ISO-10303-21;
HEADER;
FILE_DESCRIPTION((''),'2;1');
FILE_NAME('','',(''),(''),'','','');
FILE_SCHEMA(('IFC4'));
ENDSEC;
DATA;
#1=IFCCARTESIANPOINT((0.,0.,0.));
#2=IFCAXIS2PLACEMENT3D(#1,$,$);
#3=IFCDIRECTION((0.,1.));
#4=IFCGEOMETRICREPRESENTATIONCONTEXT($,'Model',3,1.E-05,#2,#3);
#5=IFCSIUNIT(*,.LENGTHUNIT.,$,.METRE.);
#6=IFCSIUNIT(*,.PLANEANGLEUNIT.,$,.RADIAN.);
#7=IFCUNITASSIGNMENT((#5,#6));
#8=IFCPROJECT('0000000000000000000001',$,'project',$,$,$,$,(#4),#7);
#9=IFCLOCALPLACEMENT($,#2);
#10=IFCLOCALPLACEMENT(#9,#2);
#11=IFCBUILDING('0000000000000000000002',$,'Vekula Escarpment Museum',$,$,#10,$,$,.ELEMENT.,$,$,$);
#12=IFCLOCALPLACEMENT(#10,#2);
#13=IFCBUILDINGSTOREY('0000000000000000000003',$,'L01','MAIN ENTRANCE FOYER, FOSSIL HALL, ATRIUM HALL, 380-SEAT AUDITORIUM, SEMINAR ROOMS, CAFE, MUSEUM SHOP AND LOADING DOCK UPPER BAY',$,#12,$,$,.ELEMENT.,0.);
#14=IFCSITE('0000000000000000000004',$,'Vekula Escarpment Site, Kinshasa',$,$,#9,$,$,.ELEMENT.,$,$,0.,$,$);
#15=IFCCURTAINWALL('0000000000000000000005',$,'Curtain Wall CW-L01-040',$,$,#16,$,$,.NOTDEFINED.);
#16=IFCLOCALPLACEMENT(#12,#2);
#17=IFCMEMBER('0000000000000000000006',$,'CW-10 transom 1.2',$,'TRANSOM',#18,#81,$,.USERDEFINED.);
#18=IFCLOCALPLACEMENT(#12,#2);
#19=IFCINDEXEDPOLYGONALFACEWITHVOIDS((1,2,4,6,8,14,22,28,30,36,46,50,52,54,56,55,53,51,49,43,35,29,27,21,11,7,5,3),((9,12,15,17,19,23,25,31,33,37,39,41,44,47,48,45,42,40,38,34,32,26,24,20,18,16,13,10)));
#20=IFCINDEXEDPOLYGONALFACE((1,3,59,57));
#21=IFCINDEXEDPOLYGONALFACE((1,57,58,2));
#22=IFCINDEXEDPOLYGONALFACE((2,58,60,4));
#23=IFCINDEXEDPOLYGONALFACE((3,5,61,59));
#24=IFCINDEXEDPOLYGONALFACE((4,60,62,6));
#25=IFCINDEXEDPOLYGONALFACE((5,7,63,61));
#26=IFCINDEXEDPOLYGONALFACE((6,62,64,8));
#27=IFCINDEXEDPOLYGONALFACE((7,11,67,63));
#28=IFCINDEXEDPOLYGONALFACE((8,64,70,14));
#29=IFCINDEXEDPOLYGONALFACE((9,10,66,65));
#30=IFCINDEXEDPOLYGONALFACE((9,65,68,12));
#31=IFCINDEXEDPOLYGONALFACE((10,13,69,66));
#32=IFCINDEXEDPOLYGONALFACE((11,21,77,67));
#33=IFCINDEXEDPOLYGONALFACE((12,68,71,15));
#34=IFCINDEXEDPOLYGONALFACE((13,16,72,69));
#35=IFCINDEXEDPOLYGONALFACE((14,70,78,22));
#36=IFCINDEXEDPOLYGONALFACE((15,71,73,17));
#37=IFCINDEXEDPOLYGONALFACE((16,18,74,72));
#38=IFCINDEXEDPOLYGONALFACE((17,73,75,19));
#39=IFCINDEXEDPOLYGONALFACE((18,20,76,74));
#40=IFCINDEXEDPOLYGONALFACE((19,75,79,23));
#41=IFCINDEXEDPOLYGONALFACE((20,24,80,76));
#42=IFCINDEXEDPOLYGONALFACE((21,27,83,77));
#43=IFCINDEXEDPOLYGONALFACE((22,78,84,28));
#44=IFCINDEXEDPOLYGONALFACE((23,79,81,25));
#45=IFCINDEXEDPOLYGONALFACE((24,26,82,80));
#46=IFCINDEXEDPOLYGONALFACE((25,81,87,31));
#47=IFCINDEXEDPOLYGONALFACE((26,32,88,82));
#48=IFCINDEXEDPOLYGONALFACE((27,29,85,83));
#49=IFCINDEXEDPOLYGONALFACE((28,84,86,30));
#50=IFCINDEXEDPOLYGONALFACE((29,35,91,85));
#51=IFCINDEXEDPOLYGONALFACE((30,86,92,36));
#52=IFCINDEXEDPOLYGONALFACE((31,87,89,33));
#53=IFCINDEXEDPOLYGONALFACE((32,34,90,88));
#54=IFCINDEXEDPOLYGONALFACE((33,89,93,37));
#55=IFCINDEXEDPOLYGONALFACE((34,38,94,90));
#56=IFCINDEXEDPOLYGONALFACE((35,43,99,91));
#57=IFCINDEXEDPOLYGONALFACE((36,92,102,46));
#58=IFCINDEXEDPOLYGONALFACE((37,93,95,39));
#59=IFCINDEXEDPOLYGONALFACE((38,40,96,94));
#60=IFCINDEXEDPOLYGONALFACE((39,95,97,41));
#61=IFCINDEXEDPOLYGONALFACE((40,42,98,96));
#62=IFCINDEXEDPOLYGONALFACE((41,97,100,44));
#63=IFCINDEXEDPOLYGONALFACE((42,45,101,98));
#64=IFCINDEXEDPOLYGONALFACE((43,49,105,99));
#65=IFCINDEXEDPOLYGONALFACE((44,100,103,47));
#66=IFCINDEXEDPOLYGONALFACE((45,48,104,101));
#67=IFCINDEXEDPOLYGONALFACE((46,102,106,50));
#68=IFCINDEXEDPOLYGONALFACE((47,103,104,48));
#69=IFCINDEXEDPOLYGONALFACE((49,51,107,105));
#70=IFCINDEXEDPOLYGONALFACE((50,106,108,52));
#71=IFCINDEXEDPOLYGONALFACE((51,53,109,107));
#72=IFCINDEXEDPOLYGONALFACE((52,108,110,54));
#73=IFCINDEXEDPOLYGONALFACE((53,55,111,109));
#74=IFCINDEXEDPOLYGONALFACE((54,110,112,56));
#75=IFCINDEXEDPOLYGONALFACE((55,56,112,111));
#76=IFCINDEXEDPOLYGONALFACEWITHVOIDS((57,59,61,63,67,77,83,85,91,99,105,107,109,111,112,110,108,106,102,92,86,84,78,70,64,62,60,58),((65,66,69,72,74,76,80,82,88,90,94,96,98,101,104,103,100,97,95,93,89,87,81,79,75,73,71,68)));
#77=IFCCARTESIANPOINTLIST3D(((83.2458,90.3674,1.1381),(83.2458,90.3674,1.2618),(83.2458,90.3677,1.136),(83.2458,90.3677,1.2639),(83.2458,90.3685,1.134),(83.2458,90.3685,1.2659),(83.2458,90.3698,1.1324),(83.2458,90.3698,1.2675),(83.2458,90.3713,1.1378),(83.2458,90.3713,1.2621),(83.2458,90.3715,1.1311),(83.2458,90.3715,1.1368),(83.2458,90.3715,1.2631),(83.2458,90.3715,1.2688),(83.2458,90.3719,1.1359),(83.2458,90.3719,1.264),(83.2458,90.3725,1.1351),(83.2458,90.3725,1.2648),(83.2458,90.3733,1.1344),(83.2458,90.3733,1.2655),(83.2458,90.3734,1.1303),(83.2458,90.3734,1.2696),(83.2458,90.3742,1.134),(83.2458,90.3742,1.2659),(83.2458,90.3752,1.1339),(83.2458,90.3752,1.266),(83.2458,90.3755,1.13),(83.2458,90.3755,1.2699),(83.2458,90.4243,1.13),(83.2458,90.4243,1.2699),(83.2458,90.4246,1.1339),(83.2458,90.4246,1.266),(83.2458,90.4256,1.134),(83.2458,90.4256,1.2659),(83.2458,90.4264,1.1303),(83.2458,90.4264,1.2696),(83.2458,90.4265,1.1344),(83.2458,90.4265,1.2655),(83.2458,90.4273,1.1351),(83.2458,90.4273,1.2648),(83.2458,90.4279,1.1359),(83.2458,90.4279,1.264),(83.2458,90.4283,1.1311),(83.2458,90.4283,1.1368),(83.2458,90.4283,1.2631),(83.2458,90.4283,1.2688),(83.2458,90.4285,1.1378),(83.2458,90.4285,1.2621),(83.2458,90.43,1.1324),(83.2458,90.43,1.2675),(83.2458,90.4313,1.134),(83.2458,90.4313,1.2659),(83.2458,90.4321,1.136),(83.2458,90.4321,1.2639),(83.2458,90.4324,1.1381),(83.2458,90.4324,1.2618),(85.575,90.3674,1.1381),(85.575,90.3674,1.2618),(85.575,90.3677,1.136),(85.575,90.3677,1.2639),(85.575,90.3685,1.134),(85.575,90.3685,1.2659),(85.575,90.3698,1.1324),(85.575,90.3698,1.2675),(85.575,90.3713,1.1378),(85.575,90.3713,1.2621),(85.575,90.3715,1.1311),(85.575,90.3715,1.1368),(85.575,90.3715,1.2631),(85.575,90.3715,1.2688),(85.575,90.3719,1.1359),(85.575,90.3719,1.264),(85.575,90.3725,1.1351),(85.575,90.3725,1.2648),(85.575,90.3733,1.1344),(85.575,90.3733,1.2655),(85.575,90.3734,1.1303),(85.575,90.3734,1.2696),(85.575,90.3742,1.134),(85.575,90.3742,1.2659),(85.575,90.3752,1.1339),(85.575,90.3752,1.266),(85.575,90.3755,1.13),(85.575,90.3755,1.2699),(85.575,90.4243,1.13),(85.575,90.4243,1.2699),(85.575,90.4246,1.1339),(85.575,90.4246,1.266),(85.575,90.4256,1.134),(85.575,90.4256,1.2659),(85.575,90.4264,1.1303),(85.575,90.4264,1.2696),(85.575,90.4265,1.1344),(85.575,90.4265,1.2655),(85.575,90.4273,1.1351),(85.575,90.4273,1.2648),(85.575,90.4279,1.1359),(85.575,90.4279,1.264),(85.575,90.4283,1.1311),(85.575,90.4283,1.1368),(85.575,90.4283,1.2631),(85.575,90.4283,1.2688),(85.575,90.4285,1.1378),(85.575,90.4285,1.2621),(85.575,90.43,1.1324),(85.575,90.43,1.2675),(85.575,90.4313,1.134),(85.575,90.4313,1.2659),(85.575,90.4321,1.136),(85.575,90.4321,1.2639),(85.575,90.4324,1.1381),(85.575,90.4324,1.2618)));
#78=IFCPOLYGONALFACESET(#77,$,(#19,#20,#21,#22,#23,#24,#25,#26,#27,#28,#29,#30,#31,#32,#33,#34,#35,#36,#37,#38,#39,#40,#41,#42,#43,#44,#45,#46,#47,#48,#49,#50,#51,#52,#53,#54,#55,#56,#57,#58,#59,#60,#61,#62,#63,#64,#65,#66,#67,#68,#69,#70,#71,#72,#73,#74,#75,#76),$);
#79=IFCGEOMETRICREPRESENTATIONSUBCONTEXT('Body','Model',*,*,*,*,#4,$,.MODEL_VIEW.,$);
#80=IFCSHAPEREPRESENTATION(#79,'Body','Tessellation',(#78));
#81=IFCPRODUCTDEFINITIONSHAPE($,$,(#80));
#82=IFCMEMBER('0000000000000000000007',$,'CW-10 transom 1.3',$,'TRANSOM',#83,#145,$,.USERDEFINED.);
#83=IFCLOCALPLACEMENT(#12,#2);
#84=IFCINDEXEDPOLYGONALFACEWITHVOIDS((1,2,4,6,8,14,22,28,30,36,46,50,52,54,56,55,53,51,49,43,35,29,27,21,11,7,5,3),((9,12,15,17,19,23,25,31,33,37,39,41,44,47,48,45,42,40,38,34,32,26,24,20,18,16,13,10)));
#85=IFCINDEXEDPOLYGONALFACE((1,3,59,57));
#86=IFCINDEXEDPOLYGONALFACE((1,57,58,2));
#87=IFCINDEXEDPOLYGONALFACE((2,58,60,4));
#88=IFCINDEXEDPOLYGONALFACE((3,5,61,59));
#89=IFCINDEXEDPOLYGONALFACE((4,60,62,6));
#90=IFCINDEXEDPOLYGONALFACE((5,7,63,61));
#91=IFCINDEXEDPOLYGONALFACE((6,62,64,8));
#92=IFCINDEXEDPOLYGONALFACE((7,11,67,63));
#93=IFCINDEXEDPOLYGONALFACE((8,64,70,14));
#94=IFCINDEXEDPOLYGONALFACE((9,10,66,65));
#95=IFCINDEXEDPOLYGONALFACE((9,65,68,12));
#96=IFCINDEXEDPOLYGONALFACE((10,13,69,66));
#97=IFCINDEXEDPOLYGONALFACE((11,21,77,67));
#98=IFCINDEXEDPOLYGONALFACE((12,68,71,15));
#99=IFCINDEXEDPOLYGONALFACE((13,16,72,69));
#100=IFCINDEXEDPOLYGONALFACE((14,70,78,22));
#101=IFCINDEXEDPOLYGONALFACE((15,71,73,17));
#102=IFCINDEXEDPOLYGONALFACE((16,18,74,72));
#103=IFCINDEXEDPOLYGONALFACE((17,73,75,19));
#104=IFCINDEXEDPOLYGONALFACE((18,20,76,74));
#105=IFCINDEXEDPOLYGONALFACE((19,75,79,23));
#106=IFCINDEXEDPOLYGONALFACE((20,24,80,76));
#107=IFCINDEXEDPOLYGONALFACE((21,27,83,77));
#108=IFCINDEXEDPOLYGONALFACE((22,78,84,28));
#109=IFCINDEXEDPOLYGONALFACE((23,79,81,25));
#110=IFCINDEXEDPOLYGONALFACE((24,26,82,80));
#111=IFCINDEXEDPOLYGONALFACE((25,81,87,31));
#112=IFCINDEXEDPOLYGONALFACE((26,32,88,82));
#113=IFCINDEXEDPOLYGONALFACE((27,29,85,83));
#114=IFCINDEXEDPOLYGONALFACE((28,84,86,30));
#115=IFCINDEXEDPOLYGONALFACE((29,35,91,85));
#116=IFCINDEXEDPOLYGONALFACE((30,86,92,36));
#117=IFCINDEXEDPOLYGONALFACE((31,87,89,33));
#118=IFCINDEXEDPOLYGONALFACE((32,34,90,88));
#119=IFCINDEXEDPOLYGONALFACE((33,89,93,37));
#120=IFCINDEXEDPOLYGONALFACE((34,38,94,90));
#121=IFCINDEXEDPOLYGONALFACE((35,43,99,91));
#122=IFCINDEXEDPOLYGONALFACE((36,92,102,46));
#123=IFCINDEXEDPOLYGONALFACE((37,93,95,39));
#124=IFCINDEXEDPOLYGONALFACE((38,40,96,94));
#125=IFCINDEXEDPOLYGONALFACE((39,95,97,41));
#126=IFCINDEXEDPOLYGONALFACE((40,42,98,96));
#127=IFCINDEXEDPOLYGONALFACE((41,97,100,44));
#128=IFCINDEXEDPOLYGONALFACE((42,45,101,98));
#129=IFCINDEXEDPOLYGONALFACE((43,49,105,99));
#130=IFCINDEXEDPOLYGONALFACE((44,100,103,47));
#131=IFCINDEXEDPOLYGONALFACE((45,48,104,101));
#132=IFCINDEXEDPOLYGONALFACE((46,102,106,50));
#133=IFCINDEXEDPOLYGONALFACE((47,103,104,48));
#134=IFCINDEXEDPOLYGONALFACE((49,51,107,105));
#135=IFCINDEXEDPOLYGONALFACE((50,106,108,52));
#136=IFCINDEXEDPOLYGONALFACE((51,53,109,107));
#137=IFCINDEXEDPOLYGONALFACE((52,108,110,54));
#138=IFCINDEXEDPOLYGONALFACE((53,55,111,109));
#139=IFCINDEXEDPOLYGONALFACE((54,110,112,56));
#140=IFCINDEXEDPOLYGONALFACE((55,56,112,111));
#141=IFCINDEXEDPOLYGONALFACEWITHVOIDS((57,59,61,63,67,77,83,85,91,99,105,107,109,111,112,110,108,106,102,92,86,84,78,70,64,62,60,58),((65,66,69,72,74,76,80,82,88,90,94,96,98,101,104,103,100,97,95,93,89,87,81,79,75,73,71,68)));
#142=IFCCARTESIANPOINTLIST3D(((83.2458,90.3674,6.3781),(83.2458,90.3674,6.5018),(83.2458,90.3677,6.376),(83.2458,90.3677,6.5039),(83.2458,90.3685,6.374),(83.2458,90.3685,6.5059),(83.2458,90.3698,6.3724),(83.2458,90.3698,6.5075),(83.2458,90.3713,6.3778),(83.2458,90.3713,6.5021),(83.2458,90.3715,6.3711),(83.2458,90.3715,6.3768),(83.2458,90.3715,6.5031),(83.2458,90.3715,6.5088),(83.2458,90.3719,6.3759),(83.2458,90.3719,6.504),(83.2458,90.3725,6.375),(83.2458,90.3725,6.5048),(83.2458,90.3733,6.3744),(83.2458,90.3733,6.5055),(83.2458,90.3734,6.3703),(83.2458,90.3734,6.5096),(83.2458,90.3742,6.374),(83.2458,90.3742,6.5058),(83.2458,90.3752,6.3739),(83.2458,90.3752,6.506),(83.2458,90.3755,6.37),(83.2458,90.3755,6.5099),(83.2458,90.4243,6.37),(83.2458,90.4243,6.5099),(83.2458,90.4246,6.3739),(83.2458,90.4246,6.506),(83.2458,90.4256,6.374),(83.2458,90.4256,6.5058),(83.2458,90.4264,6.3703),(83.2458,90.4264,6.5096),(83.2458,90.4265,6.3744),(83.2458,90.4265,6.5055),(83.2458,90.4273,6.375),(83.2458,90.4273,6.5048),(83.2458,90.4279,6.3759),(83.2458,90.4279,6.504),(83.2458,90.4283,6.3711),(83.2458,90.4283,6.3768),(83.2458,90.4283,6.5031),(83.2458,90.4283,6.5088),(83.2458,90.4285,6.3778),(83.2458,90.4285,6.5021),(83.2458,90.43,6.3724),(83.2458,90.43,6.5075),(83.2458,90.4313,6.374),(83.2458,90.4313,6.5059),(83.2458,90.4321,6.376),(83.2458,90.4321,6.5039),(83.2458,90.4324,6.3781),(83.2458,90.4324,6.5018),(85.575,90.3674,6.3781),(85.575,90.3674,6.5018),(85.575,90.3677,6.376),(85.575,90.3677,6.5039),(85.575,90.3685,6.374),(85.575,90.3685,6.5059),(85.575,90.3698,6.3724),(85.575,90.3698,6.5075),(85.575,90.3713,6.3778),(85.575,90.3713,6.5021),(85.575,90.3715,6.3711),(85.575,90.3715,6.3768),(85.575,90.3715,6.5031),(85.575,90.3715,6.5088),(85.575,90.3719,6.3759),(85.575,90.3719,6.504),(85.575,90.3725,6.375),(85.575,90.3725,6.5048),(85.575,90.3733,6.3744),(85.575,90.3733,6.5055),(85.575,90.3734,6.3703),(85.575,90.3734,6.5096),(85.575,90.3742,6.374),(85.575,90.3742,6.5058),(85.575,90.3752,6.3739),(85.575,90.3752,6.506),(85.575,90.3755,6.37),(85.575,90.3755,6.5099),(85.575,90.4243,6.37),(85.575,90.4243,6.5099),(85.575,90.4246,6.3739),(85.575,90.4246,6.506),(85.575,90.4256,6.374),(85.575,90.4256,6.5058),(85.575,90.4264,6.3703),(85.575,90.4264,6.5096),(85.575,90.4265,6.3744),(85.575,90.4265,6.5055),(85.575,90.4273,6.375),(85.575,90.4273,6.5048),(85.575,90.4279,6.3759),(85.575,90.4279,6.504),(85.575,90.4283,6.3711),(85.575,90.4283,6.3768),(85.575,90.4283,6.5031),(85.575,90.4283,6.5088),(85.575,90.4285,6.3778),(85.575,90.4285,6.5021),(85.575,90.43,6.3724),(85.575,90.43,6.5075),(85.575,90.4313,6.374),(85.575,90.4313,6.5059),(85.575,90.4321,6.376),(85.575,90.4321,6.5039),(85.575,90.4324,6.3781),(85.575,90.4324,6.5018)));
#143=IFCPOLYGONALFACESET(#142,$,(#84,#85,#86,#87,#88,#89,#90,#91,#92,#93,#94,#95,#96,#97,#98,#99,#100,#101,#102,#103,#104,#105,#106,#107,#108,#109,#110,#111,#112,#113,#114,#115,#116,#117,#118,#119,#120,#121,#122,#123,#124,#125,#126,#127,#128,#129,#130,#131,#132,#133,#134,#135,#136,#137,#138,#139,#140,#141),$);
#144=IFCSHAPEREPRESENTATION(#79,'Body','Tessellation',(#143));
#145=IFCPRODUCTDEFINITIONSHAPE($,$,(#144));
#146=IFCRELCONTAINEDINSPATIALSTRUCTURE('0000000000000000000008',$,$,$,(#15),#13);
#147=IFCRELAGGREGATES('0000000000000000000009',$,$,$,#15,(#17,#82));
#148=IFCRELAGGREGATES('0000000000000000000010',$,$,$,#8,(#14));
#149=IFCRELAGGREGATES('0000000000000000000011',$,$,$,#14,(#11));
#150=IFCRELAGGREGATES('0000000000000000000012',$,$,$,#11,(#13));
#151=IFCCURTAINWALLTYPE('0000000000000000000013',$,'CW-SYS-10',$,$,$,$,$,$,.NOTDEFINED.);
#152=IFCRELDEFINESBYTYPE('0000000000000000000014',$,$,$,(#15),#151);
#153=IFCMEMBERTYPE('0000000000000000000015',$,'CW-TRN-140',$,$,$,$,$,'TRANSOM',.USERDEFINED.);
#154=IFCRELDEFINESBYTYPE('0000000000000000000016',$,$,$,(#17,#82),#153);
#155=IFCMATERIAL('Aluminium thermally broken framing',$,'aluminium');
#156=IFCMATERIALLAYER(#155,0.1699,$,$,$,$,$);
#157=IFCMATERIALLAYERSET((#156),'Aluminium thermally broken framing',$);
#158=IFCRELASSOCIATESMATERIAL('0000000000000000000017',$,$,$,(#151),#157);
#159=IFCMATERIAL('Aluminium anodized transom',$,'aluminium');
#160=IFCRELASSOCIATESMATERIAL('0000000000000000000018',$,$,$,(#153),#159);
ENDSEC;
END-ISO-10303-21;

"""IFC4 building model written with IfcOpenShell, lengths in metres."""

from ifc_helpers import new_model, si_unit, direction, frame, origin, origin_2d, place, context, subcontext, project, spatial, hollow_rectangle, extrude, material, layer, layer_set, material_profile, profile_set, type_object, element, aggregate, save


model = new_model("IFC4")

# Units and contexts
model_context = context("Model", 3, precision=1e-05, world=origin(), true_north=direction((0.0, 1.0)))
body_context = subcontext(model_context, "Body", "Model", "MODEL_VIEW")
ifc_project = project(units=[si_unit("LENGTHUNIT", "METRE"), si_unit("PLANEANGLEUNIT", "RADIAN")], contexts=[model_context])

# Site, building, storey
site_placement = place(None, origin())
site = spatial("IfcSite", under=ifc_project, at=site_placement, Name="Vekula Escarpment Site, Kinshasa", CompositionType="ELEMENT", RefElevation=0.0)
building_placement = place(site_placement, origin())
building = spatial("IfcBuilding", under=site, at=building_placement, Name="Vekula Escarpment Museum", CompositionType="ELEMENT")
storey_placement = place(building_placement, origin())
storey = spatial("IfcBuildingStorey", under=building, at=storey_placement, Name="L01", Description="MAIN ENTRANCE FOYER, FOSSIL HALL, ATRIUM HALL, 380-SEAT AUDITORIUM, SEMINAR ROOMS, CAFE, MUSEUM SHOP AND LOADING DOCK UPPER BAY", CompositionType="ELEMENT", Elevation=0.0)

# Curtain wall
ifc_material_1 = material(Name="Aluminium thermally broken framing", Category="aluminium")
ifc_layer_1 = layer(ifc_material_1, 0.1699)
ifc_layer_set_1 = layer_set([ifc_layer_1], Name="Aluminium thermally broken framing")
curtain_wall_type_1 = type_object("IfcCurtainWallType", Name="CW-SYS-10", PredefinedType="NOTDEFINED", material=ifc_layer_set_1)
curtain_wall_1_placement = place(storey_placement, origin())
curtain_wall_1 = element("IfcCurtainWall", 1, at=curtain_wall_1_placement, inside=storey, type_object=curtain_wall_type_1, Name="Curtain Wall CW-L01-040", PredefinedType="NOTDEFINED")

# Members
ifc_material_2 = material(Name="Aluminium anodized transom", Category="aluminium")
ifc_material_profile_1 = material_profile(ifc_material_2, hollow_rectangle(XDim=0.0649, YDim=0.1399, WallThickness=0.0039, InnerFilletRadius=0.0039, OuterFilletRadius=0.0081, at=origin_2d()), Name="ALU 140x65x4")
ifc_profile_set_1 = profile_set([ifc_material_profile_1], Name="Aluminium anodized transom")
member_type_1 = type_object("IfcMemberType", Name="CW-TRN-140", ElementType="TRANSOM", PredefinedType="USERDEFINED", material=ifc_profile_set_1)
member_1_placement = place(storey_placement, frame((85.575, 90.3999, 1.2), z_axis=(-1.0, 0.0, 0.0), x_axis=(0.0, -1.0, 0.0)))
member_1 = element("IfcMember", 2, at=member_1_placement, type_object=member_type_1, Name="CW-10 transom 1.2", ObjectType="TRANSOM", PredefinedType="USERDEFINED", context=body_context, shape_type="SweptSolid", body=[
    extrude(hollow_rectangle(XDim=0.0649, YDim=0.1399, WallThickness=0.0039, InnerFilletRadius=0.0039, OuterFilletRadius=0.0081, at=origin_2d()), origin(), (0.0, 0.0, 1.0), 2.3291),
])
member_2_placement = place(storey_placement, frame((85.575, 90.3999, 6.4399), z_axis=(-1.0, 0.0, 0.0), x_axis=(0.0, -1.0, 0.0)))
member_2 = element("IfcMember", 3, at=member_2_placement, type_object=member_type_1, Name="CW-10 transom 1.3", ObjectType="TRANSOM", PredefinedType="USERDEFINED", context=body_context, shape_type="SweptSolid", body=[
    extrude(hollow_rectangle(XDim=0.0649, YDim=0.1399, WallThickness=0.0039, InnerFilletRadius=0.0039, OuterFilletRadius=0.0081, at=origin_2d()), origin(), (0.0, 0.0, 1.0), 2.3291),
])

aggregate(curtain_wall_1, [member_1, member_2])

save(model, "model.ifc")
